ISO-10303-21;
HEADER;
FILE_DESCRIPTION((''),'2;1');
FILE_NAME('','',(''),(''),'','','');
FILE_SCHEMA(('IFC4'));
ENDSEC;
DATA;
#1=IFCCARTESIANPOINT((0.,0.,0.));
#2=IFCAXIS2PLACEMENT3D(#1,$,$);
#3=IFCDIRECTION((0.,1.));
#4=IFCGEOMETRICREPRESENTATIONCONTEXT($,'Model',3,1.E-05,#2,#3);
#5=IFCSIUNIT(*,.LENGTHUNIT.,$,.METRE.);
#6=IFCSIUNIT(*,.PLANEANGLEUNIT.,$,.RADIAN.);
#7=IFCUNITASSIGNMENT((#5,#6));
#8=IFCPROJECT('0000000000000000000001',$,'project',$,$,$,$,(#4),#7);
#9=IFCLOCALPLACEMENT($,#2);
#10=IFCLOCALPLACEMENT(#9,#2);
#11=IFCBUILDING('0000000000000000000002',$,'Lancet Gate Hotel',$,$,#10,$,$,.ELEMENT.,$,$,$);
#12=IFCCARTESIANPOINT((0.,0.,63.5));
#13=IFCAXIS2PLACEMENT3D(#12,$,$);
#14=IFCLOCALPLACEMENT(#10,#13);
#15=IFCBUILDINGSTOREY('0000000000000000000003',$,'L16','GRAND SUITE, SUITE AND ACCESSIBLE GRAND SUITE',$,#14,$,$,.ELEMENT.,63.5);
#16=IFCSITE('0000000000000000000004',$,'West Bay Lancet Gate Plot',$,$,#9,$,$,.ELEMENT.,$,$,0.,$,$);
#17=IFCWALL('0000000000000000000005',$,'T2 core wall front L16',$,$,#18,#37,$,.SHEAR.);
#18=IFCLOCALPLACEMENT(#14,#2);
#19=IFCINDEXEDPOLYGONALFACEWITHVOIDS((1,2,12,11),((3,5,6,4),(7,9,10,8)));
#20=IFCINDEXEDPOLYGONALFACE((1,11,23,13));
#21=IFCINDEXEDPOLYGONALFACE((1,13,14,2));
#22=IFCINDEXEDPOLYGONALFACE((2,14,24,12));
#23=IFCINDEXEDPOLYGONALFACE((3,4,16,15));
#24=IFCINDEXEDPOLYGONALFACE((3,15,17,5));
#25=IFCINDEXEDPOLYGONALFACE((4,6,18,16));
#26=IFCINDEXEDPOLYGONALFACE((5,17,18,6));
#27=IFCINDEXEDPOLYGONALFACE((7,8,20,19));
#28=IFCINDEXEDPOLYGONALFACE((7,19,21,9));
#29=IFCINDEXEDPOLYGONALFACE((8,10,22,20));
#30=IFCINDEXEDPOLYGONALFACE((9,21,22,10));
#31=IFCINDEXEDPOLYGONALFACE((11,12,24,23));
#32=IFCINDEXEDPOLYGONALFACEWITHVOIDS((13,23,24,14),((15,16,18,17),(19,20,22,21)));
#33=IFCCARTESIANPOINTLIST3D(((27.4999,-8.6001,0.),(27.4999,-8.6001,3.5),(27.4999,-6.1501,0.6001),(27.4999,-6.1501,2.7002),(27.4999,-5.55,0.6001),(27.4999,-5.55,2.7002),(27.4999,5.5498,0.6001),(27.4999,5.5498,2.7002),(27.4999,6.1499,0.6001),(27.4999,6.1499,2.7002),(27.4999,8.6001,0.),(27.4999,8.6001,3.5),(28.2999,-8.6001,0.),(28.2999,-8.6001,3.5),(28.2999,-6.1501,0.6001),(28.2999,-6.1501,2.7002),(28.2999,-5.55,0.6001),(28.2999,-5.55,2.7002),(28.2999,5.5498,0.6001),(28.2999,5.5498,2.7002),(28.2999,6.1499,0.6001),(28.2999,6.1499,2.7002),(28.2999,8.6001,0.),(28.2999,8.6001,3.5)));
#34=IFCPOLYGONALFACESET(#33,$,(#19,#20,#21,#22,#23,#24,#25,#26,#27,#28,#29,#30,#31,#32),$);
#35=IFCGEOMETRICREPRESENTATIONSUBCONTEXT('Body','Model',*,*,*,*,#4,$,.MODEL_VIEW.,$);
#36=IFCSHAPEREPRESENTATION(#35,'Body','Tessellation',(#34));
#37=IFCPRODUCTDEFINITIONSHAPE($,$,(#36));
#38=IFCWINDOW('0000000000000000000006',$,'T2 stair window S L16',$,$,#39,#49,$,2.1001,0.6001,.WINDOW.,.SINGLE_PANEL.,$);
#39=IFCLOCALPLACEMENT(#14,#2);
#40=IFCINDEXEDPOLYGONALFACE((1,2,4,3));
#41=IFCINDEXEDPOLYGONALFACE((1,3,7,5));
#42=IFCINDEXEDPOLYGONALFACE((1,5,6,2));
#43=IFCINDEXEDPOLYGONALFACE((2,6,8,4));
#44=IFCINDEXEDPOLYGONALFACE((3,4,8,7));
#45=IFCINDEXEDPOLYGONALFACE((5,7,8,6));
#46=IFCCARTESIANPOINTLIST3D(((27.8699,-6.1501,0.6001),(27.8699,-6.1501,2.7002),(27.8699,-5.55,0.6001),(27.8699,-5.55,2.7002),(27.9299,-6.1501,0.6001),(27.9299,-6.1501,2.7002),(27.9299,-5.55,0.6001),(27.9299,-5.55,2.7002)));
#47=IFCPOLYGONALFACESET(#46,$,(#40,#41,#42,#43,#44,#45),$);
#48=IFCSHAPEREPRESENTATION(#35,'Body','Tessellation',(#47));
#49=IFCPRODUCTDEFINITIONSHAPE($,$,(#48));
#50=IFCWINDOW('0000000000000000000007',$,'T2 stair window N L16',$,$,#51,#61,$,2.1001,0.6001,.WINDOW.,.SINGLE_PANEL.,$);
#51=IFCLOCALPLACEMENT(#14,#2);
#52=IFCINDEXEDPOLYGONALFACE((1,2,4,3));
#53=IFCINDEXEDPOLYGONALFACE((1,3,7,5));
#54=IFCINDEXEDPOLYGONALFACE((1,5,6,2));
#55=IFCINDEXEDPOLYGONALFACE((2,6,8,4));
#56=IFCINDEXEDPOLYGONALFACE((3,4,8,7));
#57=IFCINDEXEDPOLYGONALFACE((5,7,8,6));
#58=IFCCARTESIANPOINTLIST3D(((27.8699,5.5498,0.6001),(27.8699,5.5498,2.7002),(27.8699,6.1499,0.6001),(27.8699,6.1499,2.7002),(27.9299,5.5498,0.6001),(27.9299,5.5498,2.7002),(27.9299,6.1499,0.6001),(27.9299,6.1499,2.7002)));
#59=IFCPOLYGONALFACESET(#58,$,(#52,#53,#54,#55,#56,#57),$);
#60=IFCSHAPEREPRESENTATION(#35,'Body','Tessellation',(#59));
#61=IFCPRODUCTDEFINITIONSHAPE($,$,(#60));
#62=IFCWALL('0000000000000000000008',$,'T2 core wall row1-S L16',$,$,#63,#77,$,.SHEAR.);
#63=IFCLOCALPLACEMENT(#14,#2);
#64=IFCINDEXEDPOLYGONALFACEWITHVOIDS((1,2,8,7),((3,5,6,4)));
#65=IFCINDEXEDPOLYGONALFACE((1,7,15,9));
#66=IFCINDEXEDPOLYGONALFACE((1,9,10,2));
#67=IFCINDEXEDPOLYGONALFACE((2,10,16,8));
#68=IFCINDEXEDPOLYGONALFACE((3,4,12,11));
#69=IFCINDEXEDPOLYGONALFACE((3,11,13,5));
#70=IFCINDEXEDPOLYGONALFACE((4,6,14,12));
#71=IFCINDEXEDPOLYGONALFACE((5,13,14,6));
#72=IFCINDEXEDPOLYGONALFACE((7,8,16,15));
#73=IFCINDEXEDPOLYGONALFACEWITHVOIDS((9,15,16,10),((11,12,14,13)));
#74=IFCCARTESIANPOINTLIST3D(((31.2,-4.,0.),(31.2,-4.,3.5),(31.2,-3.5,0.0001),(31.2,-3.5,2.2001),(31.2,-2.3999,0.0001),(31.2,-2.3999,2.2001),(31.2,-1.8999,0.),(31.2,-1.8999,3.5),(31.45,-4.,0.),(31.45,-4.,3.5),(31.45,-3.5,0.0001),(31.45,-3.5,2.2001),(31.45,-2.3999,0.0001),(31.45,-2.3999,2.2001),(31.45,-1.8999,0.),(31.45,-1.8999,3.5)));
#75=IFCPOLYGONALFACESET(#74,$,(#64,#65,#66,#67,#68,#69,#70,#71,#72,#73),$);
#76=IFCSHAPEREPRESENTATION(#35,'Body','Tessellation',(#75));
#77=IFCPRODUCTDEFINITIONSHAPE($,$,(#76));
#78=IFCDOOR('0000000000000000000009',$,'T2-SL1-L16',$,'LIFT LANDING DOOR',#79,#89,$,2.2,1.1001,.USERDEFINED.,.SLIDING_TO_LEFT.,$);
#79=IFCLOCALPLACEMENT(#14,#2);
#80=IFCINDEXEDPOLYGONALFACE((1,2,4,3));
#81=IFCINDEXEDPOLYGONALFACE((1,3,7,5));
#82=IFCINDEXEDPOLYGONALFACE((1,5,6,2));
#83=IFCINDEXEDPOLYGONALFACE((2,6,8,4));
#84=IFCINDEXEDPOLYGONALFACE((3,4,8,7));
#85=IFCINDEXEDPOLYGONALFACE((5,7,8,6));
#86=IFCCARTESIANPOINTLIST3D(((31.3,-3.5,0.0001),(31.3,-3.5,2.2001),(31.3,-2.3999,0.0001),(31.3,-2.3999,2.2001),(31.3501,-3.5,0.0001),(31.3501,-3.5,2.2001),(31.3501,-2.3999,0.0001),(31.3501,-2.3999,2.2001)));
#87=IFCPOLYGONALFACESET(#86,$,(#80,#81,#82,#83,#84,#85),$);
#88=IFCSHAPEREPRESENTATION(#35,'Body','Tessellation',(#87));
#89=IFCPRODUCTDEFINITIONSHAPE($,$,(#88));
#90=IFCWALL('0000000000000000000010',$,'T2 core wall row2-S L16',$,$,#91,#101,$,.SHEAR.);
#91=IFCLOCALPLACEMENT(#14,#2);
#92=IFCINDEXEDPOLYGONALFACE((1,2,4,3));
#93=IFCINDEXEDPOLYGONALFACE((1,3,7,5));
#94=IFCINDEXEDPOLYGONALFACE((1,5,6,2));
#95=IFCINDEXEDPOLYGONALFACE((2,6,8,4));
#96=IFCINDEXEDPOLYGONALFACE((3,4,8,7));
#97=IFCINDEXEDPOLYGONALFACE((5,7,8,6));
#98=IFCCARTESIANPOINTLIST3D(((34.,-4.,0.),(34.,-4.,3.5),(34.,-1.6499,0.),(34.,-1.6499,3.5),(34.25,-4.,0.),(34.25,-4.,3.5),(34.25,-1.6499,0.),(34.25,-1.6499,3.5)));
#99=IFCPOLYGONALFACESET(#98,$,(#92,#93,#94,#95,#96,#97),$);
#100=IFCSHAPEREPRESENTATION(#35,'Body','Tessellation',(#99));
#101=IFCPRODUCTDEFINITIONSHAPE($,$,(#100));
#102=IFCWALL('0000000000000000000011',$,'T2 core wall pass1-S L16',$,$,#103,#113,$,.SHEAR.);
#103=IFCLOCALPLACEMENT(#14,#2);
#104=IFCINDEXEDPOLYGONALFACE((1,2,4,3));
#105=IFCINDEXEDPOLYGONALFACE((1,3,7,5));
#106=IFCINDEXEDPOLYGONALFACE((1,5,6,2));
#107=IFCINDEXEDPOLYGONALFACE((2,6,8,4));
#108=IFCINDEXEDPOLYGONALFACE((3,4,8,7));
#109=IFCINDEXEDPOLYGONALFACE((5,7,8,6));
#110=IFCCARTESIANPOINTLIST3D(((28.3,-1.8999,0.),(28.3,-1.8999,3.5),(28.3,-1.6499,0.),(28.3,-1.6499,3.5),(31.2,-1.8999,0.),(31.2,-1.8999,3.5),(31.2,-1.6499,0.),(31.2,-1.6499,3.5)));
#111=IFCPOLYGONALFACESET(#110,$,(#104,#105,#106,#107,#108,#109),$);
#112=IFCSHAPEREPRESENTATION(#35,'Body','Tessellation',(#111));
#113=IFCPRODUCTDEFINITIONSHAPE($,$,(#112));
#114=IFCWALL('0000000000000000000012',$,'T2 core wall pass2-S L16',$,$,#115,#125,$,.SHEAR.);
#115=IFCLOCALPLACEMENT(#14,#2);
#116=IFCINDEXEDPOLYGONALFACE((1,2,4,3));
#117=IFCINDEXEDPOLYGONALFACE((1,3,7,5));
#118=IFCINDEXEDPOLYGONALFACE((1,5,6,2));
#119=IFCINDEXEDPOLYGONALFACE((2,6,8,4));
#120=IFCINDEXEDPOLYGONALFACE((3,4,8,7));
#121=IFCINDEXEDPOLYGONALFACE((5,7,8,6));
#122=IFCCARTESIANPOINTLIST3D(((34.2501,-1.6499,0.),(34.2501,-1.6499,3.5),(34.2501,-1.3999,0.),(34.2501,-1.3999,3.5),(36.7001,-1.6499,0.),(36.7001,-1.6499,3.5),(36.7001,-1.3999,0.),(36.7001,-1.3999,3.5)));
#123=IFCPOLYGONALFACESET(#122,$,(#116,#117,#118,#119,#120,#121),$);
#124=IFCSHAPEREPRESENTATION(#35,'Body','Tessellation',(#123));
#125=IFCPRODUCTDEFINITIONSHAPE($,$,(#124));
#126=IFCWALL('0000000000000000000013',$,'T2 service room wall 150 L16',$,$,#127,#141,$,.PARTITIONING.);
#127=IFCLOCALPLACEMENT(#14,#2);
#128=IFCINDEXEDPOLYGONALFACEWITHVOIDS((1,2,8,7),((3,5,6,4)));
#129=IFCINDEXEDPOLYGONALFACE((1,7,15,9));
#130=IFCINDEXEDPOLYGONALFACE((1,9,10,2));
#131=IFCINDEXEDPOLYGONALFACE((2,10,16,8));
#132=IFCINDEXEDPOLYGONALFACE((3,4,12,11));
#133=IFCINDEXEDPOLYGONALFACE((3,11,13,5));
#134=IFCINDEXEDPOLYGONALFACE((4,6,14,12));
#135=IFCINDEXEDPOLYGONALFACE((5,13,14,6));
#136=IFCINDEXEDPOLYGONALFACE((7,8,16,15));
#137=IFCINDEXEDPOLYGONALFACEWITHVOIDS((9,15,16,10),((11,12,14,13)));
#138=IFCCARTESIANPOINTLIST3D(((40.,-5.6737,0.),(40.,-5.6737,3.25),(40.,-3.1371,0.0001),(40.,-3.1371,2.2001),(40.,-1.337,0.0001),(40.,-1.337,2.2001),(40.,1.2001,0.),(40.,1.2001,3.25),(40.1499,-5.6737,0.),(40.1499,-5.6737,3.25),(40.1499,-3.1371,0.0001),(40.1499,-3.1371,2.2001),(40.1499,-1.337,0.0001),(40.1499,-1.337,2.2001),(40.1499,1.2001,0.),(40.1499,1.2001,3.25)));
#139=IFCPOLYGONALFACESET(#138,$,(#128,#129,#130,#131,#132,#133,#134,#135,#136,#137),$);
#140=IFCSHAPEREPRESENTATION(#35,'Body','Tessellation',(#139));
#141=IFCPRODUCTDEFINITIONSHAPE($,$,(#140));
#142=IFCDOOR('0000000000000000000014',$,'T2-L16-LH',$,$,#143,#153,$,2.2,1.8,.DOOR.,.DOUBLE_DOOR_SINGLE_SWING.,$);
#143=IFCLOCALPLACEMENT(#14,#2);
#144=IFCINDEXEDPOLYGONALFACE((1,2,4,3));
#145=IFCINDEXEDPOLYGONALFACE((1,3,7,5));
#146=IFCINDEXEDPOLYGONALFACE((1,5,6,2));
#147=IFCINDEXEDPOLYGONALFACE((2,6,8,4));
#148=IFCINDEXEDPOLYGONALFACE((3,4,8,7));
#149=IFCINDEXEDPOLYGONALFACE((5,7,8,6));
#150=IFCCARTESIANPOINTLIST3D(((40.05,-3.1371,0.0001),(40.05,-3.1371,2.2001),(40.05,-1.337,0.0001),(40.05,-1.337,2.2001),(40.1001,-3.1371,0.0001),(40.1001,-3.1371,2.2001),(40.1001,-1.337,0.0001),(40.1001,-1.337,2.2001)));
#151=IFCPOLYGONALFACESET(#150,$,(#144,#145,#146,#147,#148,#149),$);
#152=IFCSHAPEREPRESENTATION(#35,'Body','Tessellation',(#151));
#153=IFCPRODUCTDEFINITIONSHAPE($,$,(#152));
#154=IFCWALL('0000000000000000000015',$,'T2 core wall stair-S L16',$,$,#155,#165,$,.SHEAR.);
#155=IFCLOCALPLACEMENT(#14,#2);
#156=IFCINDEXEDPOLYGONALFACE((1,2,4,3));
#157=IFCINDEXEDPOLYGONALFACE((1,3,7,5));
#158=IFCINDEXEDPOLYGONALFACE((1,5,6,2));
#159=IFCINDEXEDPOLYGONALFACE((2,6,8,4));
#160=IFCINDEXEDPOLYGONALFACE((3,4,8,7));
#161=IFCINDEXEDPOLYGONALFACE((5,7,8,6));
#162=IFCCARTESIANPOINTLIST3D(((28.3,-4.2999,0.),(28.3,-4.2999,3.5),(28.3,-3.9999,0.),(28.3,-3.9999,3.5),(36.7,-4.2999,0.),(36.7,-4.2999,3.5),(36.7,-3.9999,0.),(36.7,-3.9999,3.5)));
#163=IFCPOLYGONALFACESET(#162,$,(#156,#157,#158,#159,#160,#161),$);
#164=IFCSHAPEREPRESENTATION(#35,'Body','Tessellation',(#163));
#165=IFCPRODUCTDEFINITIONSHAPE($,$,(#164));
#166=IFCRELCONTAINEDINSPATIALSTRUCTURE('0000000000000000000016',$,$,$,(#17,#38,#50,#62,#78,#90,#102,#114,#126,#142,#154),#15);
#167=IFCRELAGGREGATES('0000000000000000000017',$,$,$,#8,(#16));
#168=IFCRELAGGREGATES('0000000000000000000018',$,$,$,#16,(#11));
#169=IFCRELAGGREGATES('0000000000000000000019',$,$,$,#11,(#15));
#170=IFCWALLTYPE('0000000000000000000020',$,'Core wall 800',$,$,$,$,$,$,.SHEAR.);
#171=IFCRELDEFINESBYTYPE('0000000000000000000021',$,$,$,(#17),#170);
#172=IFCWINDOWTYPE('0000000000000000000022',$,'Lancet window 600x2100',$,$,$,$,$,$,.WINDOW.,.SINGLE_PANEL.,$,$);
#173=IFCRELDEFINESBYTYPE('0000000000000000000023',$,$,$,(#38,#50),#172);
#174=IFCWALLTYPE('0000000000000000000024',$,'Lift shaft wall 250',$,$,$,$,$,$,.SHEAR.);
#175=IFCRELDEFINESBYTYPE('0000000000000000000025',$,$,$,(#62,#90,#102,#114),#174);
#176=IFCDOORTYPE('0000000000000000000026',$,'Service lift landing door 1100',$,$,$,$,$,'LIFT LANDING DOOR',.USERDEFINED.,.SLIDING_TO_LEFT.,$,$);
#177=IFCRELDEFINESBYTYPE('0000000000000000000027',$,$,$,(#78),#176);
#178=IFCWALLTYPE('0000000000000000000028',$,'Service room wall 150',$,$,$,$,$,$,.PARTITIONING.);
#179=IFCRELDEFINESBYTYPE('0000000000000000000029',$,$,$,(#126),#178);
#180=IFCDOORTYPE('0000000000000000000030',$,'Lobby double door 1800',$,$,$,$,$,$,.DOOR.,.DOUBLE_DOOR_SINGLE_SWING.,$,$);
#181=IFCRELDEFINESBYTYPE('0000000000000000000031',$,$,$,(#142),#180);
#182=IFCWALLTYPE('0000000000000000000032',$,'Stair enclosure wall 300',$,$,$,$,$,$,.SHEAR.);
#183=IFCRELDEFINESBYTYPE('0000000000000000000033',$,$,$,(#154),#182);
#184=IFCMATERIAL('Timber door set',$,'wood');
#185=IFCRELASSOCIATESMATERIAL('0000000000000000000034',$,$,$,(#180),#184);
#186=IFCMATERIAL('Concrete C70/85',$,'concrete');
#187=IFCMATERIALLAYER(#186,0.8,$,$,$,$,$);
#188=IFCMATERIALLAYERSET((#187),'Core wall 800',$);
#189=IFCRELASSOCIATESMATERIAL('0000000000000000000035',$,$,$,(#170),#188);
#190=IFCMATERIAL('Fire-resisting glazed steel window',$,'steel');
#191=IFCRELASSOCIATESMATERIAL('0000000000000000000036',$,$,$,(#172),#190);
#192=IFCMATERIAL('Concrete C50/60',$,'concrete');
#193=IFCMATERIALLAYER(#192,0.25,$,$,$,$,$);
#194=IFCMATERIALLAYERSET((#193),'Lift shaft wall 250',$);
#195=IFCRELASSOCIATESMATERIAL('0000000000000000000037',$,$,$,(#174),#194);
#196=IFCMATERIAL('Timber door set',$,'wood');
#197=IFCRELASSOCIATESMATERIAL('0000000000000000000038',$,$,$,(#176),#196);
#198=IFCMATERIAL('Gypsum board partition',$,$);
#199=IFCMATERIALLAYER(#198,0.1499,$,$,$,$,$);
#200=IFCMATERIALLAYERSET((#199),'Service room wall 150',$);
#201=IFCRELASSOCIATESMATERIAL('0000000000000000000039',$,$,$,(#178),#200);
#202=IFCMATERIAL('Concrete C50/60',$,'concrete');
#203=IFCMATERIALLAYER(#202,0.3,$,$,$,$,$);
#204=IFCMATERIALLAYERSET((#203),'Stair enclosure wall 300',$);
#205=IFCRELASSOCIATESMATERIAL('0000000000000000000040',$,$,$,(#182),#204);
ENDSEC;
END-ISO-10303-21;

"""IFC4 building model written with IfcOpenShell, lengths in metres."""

from ifc_helpers import new_model, si_unit, direction, frame, frame_2d, origin, place, context, subcontext, project, spatial, rectangle, extrude, material, layer, layer_set, type_object, element, fill, save


model = new_model("IFC4")

# Units and contexts
model_context = context("Model", 3, precision=1e-05, world=origin(), true_north=direction((0.0, 1.0)))
body_context = subcontext(model_context, "Body", "Model", "MODEL_VIEW")
ifc_project = project(units=[si_unit("LENGTHUNIT", "METRE"), si_unit("PLANEANGLEUNIT", "RADIAN")], contexts=[model_context])

# Site, building, storey
site_placement = place(None, origin())
site = spatial("IfcSite", under=ifc_project, at=site_placement, Name="West Bay Lancet Gate Plot", CompositionType="ELEMENT", RefElevation=0.0)
building_placement = place(site_placement, origin())
building = spatial("IfcBuilding", under=site, at=building_placement, Name="Lancet Gate Hotel", CompositionType="ELEMENT")
storey_placement = place(building_placement, frame((0.0, 0.0, 63.5)))
storey = spatial("IfcBuildingStorey", under=building, at=storey_placement, Name="L16", Description="GRAND SUITE, SUITE AND ACCESSIBLE GRAND SUITE", CompositionType="ELEMENT", Elevation=63.5)

# Shared definitions
ifc_material_1 = material(Name="Timber door set", Category="wood")
door_type_1 = type_object("IfcDoorType", Name="Lobby double door 1800", OperationType="DOUBLE_DOOR_SINGLE_SWING", PredefinedType="DOOR", material=ifc_material_1)

# Wall, openings, windows
ifc_material_2 = material(Name="Concrete C70/85", Category="concrete")
ifc_layer_1 = layer(ifc_material_2, 0.8)
ifc_layer_set_1 = layer_set([ifc_layer_1], Name="Core wall 800")
wall_type_1 = type_object("IfcWallType", Name="Core wall 800", PredefinedType="SHEAR", material=ifc_layer_set_1)
wall_1_placement = place(storey_placement, frame((27.8999, -8.6001, 0.0), z_axis=(0.0, 0.0, 1.0), x_axis=(0.0, 1.0, 0.0)))
wall_1 = element("IfcWall", 1, at=wall_1_placement, inside=storey, type_object=wall_type_1, Name="T2 core wall front L16", PredefinedType="SHEAR", context=body_context, shape_type="SweptSolid", body=[
    extrude(rectangle(XDim=17.2002, YDim=0.8, at=frame_2d((8.6001, 0.0))), origin(), (0.0, 0.0, 1.0), 3.5),
])
opening_1_placement = place(wall_1_placement, frame((2.45, 0.0, 0.6001)))
opening_1 = element("IfcOpeningElement", 2, at=opening_1_placement, cuts=wall_1, PredefinedType="OPENING", context=body_context, shape_type="SweptSolid", body=[
    extrude(rectangle(XDim=0.6001, YDim=2.1001, at=frame_2d((0.3, 1.05))), frame((0.0, 0.4099, 0.0), z_axis=(0.0, -1.0, 0.0), x_axis=(1.0, 0.0, 0.0)), (0.0, 0.0, 1.0), 0.8201),
])
opening_2_placement = place(wall_1_placement, frame((14.1499, 0.0, 0.6001)))
opening_2 = element("IfcOpeningElement", 3, at=opening_2_placement, cuts=wall_1, PredefinedType="OPENING", context=body_context, shape_type="SweptSolid", body=[
    extrude(rectangle(XDim=0.6001, YDim=2.1001, at=frame_2d((0.3, 1.05))), frame((0.0, 0.4099, 0.0), z_axis=(0.0, -1.0, 0.0), x_axis=(1.0, 0.0, 0.0)), (0.0, 0.0, 1.0), 0.8201),
])
ifc_material_3 = material(Name="Fire-resisting glazed steel window", Category="steel")
window_type = type_object("IfcWindowType", Name="Lancet window 600x2100", PartitioningType="SINGLE_PANEL", PredefinedType="WINDOW", material=ifc_material_3)
window_1_placement = place(opening_1_placement, origin())
window_1 = element("IfcWindow", 4, at=window_1_placement, inside=storey, type_object=window_type, Name="T2 stair window S L16", OverallHeight=2.1001, OverallWidth=0.6001, PartitioningType="SINGLE_PANEL", PredefinedType="WINDOW", context=body_context, shape_type="SweptSolid", body=[
    extrude(rectangle(XDim=0.6001, YDim=2.1001, at=frame_2d((0.3, 1.05))), frame((0.0, 0.03, 0.0), z_axis=(0.0, -1.0, 0.0), x_axis=(1.0, 0.0, 0.0)), (0.0, 0.0, 1.0), 0.0601),
])
fill(opening_1, window_1)
window_2_placement = place(opening_2_placement, origin())
window_2 = element("IfcWindow", 5, at=window_2_placement, inside=storey, type_object=window_type, Name="T2 stair window N L16", OverallHeight=2.1001, OverallWidth=0.6001, PartitioningType="SINGLE_PANEL", PredefinedType="WINDOW", context=body_context, shape_type="SweptSolid", body=[
    extrude(rectangle(XDim=0.6001, YDim=2.1001, at=frame_2d((0.3, 1.05))), frame((0.0, 0.03, 0.0), z_axis=(0.0, -1.0, 0.0), x_axis=(1.0, 0.0, 0.0)), (0.0, 0.0, 1.0), 0.0601),
])
fill(opening_2, window_2)

# Wall, opening, door
ifc_material_4 = material(Name="Concrete C50/60", Category="concrete")
ifc_layer_2 = layer(ifc_material_4, 0.25)
ifc_layer_set_2 = layer_set([ifc_layer_2], Name="Lift shaft wall 250")
wall_type_2 = type_object("IfcWallType", Name="Lift shaft wall 250", PredefinedType="SHEAR", material=ifc_layer_set_2)
wall_2_placement = place(storey_placement, frame((31.325, -4.0, 0.0), z_axis=(0.0, 0.0, 1.0), x_axis=(0.0, 1.0, 0.0)))
wall_2 = element("IfcWall", 6, at=wall_2_placement, inside=storey, type_object=wall_type_2, Name="T2 core wall row1-S L16", PredefinedType="SHEAR", context=body_context, shape_type="SweptSolid", body=[
    extrude(rectangle(XDim=2.1001, YDim=0.25, at=frame_2d((1.05, 0.0))), origin(), (0.0, 0.0, 1.0), 3.5),
])
opening_3_placement = place(wall_2_placement, frame((0.5, 0.0, 0.0)))
opening_3 = element("IfcOpeningElement", 7, at=opening_3_placement, cuts=wall_2, PredefinedType="OPENING", context=body_context, shape_type="SweptSolid", body=[
    extrude(rectangle(XDim=1.1001, YDim=2.2, at=frame_2d((0.55, 1.1001))), frame((0.0, 0.135, 0.0), z_axis=(0.0, -1.0, 0.0), x_axis=(1.0, 0.0, 0.0)), (0.0, 0.0, 1.0), 0.27),
])
ifc_material_5 = material(Name="Timber door set", Category="wood")
door_type_2 = type_object("IfcDoorType", Name="Service lift landing door 1100", ElementType="LIFT LANDING DOOR", OperationType="SLIDING_TO_LEFT", PredefinedType="USERDEFINED", material=ifc_material_5)
door_1_placement = place(opening_3_placement, origin())
door_1 = element("IfcDoor", 8, at=door_1_placement, inside=storey, type_object=door_type_2, Name="T2-SL1-L16", ObjectType="LIFT LANDING DOOR", OperationType="SLIDING_TO_LEFT", OverallHeight=2.2, OverallWidth=1.1001, PredefinedType="USERDEFINED", context=body_context, shape_type="SweptSolid", body=[
    extrude(rectangle(XDim=1.1001, YDim=2.2, at=frame_2d((0.55, 1.1001))), frame((0.0, 0.0249, 0.0), z_axis=(0.0, -1.0, 0.0), x_axis=(1.0, 0.0, 0.0)), (0.0, 0.0, 1.0), 0.05),
])
fill(opening_3, door_1)

# Walls
wall_3_placement = place(storey_placement, frame((34.125, -4.0, 0.0), z_axis=(0.0, 0.0, 1.0), x_axis=(0.0, 1.0, 0.0)))
element("IfcWall", 9, at=wall_3_placement, inside=storey, type_object=wall_type_2, Name="T2 core wall row2-S L16", PredefinedType="SHEAR", context=body_context, shape_type="SweptSolid", body=[
    extrude(rectangle(XDim=2.3501, YDim=0.25, at=frame_2d((1.175, 0.0))), origin(), (0.0, 0.0, 1.0), 3.5),
])
wall_4_placement = place(storey_placement, frame((28.3, -1.7749, 0.0), z_axis=(0.0, 0.0, 1.0), x_axis=(1.0, 0.0, 0.0)))
element("IfcWall", 10, at=wall_4_placement, inside=storey, type_object=wall_type_2, Name="T2 core wall pass1-S L16", PredefinedType="SHEAR", context=body_context, shape_type="SweptSolid", body=[
    extrude(rectangle(XDim=2.8999, YDim=0.25, at=frame_2d((1.45, 0.0))), origin(), (0.0, 0.0, 1.0), 3.5),
])
wall_5_placement = place(storey_placement, frame((34.25, -1.5249, 0.0), z_axis=(0.0, 0.0, 1.0), x_axis=(1.0, 0.0, 0.0)))
element("IfcWall", 11, at=wall_5_placement, inside=storey, type_object=wall_type_2, Name="T2 core wall pass2-S L16", PredefinedType="SHEAR", context=body_context, shape_type="SweptSolid", body=[
    extrude(rectangle(XDim=2.45, YDim=0.25, at=frame_2d((1.2251, 0.0))), origin(), (0.0, 0.0, 1.0), 3.5),
])

# Wall, opening, door
ifc_material_6 = material(Name="Gypsum board partition")
ifc_layer_3 = layer(ifc_material_6, 0.1499)
ifc_layer_set_3 = layer_set([ifc_layer_3], Name="Service room wall 150")
wall_type_3 = type_object("IfcWallType", Name="Service room wall 150", PredefinedType="PARTITIONING", material=ifc_layer_set_3)
wall_6_placement = place(storey_placement, frame((40.075, -5.6738, 0.0), z_axis=(0.0, 0.0, 1.0), x_axis=(0.0, 1.0, 0.0)))
wall_6 = element("IfcWall", 12, at=wall_6_placement, inside=storey, type_object=wall_type_3, Name="T2 service room wall 150 L16", PredefinedType="PARTITIONING", context=body_context, shape_type="SweptSolid", body=[
    extrude(rectangle(XDim=6.8738, YDim=0.1499, at=frame_2d((3.437, 0.0))), origin(), (0.0, 0.0, 1.0), 3.25),
])
opening_4_placement = place(wall_6_placement, frame((2.5369, 0.0, 0.0)))
opening_4 = element("IfcOpeningElement", 13, at=opening_4_placement, cuts=wall_6, PredefinedType="OPENING", context=body_context, shape_type="SweptSolid", body=[
    extrude(rectangle(XDim=1.8, YDim=2.2, at=frame_2d((0.8999, 1.1001))), frame((0.0, 0.085, 0.0), z_axis=(0.0, -1.0, 0.0), x_axis=(1.0, 0.0, 0.0)), (0.0, 0.0, 1.0), 0.1699),
])
door_2_placement = place(opening_4_placement, origin())
door_2 = element("IfcDoor", 14, at=door_2_placement, inside=storey, type_object=door_type_1, Name="T2-L16-LH", OperationType="DOUBLE_DOOR_SINGLE_SWING", OverallHeight=2.2, OverallWidth=1.8, PredefinedType="DOOR", context=body_context, shape_type="SweptSolid", body=[
    extrude(rectangle(XDim=1.8, YDim=2.2, at=frame_2d((0.8999, 1.1001))), frame((0.0, 0.0249, 0.0), z_axis=(0.0, -1.0, 0.0), x_axis=(1.0, 0.0, 0.0)), (0.0, 0.0, 1.0), 0.05),
])
fill(opening_4, door_2)

# Wall
ifc_material_7 = material(Name="Concrete C50/60", Category="concrete")
ifc_layer_4 = layer(ifc_material_7, 0.3)
ifc_layer_set_4 = layer_set([ifc_layer_4], Name="Stair enclosure wall 300")
wall_type_4 = type_object("IfcWallType", Name="Stair enclosure wall 300", PredefinedType="SHEAR", material=ifc_layer_set_4)
wall_7_placement = place(storey_placement, frame((28.3, -4.1499, 0.0), z_axis=(0.0, 0.0, 1.0), x_axis=(1.0, 0.0, 0.0)))
element("IfcWall", 15, at=wall_7_placement, inside=storey, type_object=wall_type_4, Name="T2 core wall stair-S L16", PredefinedType="SHEAR", context=body_context, shape_type="SweptSolid", body=[
    extrude(rectangle(XDim=8.3999, YDim=0.3, at=frame_2d((4.2, 0.0))), origin(), (0.0, 0.0, 1.0), 3.5),
])

save(model, "model.ifc")
